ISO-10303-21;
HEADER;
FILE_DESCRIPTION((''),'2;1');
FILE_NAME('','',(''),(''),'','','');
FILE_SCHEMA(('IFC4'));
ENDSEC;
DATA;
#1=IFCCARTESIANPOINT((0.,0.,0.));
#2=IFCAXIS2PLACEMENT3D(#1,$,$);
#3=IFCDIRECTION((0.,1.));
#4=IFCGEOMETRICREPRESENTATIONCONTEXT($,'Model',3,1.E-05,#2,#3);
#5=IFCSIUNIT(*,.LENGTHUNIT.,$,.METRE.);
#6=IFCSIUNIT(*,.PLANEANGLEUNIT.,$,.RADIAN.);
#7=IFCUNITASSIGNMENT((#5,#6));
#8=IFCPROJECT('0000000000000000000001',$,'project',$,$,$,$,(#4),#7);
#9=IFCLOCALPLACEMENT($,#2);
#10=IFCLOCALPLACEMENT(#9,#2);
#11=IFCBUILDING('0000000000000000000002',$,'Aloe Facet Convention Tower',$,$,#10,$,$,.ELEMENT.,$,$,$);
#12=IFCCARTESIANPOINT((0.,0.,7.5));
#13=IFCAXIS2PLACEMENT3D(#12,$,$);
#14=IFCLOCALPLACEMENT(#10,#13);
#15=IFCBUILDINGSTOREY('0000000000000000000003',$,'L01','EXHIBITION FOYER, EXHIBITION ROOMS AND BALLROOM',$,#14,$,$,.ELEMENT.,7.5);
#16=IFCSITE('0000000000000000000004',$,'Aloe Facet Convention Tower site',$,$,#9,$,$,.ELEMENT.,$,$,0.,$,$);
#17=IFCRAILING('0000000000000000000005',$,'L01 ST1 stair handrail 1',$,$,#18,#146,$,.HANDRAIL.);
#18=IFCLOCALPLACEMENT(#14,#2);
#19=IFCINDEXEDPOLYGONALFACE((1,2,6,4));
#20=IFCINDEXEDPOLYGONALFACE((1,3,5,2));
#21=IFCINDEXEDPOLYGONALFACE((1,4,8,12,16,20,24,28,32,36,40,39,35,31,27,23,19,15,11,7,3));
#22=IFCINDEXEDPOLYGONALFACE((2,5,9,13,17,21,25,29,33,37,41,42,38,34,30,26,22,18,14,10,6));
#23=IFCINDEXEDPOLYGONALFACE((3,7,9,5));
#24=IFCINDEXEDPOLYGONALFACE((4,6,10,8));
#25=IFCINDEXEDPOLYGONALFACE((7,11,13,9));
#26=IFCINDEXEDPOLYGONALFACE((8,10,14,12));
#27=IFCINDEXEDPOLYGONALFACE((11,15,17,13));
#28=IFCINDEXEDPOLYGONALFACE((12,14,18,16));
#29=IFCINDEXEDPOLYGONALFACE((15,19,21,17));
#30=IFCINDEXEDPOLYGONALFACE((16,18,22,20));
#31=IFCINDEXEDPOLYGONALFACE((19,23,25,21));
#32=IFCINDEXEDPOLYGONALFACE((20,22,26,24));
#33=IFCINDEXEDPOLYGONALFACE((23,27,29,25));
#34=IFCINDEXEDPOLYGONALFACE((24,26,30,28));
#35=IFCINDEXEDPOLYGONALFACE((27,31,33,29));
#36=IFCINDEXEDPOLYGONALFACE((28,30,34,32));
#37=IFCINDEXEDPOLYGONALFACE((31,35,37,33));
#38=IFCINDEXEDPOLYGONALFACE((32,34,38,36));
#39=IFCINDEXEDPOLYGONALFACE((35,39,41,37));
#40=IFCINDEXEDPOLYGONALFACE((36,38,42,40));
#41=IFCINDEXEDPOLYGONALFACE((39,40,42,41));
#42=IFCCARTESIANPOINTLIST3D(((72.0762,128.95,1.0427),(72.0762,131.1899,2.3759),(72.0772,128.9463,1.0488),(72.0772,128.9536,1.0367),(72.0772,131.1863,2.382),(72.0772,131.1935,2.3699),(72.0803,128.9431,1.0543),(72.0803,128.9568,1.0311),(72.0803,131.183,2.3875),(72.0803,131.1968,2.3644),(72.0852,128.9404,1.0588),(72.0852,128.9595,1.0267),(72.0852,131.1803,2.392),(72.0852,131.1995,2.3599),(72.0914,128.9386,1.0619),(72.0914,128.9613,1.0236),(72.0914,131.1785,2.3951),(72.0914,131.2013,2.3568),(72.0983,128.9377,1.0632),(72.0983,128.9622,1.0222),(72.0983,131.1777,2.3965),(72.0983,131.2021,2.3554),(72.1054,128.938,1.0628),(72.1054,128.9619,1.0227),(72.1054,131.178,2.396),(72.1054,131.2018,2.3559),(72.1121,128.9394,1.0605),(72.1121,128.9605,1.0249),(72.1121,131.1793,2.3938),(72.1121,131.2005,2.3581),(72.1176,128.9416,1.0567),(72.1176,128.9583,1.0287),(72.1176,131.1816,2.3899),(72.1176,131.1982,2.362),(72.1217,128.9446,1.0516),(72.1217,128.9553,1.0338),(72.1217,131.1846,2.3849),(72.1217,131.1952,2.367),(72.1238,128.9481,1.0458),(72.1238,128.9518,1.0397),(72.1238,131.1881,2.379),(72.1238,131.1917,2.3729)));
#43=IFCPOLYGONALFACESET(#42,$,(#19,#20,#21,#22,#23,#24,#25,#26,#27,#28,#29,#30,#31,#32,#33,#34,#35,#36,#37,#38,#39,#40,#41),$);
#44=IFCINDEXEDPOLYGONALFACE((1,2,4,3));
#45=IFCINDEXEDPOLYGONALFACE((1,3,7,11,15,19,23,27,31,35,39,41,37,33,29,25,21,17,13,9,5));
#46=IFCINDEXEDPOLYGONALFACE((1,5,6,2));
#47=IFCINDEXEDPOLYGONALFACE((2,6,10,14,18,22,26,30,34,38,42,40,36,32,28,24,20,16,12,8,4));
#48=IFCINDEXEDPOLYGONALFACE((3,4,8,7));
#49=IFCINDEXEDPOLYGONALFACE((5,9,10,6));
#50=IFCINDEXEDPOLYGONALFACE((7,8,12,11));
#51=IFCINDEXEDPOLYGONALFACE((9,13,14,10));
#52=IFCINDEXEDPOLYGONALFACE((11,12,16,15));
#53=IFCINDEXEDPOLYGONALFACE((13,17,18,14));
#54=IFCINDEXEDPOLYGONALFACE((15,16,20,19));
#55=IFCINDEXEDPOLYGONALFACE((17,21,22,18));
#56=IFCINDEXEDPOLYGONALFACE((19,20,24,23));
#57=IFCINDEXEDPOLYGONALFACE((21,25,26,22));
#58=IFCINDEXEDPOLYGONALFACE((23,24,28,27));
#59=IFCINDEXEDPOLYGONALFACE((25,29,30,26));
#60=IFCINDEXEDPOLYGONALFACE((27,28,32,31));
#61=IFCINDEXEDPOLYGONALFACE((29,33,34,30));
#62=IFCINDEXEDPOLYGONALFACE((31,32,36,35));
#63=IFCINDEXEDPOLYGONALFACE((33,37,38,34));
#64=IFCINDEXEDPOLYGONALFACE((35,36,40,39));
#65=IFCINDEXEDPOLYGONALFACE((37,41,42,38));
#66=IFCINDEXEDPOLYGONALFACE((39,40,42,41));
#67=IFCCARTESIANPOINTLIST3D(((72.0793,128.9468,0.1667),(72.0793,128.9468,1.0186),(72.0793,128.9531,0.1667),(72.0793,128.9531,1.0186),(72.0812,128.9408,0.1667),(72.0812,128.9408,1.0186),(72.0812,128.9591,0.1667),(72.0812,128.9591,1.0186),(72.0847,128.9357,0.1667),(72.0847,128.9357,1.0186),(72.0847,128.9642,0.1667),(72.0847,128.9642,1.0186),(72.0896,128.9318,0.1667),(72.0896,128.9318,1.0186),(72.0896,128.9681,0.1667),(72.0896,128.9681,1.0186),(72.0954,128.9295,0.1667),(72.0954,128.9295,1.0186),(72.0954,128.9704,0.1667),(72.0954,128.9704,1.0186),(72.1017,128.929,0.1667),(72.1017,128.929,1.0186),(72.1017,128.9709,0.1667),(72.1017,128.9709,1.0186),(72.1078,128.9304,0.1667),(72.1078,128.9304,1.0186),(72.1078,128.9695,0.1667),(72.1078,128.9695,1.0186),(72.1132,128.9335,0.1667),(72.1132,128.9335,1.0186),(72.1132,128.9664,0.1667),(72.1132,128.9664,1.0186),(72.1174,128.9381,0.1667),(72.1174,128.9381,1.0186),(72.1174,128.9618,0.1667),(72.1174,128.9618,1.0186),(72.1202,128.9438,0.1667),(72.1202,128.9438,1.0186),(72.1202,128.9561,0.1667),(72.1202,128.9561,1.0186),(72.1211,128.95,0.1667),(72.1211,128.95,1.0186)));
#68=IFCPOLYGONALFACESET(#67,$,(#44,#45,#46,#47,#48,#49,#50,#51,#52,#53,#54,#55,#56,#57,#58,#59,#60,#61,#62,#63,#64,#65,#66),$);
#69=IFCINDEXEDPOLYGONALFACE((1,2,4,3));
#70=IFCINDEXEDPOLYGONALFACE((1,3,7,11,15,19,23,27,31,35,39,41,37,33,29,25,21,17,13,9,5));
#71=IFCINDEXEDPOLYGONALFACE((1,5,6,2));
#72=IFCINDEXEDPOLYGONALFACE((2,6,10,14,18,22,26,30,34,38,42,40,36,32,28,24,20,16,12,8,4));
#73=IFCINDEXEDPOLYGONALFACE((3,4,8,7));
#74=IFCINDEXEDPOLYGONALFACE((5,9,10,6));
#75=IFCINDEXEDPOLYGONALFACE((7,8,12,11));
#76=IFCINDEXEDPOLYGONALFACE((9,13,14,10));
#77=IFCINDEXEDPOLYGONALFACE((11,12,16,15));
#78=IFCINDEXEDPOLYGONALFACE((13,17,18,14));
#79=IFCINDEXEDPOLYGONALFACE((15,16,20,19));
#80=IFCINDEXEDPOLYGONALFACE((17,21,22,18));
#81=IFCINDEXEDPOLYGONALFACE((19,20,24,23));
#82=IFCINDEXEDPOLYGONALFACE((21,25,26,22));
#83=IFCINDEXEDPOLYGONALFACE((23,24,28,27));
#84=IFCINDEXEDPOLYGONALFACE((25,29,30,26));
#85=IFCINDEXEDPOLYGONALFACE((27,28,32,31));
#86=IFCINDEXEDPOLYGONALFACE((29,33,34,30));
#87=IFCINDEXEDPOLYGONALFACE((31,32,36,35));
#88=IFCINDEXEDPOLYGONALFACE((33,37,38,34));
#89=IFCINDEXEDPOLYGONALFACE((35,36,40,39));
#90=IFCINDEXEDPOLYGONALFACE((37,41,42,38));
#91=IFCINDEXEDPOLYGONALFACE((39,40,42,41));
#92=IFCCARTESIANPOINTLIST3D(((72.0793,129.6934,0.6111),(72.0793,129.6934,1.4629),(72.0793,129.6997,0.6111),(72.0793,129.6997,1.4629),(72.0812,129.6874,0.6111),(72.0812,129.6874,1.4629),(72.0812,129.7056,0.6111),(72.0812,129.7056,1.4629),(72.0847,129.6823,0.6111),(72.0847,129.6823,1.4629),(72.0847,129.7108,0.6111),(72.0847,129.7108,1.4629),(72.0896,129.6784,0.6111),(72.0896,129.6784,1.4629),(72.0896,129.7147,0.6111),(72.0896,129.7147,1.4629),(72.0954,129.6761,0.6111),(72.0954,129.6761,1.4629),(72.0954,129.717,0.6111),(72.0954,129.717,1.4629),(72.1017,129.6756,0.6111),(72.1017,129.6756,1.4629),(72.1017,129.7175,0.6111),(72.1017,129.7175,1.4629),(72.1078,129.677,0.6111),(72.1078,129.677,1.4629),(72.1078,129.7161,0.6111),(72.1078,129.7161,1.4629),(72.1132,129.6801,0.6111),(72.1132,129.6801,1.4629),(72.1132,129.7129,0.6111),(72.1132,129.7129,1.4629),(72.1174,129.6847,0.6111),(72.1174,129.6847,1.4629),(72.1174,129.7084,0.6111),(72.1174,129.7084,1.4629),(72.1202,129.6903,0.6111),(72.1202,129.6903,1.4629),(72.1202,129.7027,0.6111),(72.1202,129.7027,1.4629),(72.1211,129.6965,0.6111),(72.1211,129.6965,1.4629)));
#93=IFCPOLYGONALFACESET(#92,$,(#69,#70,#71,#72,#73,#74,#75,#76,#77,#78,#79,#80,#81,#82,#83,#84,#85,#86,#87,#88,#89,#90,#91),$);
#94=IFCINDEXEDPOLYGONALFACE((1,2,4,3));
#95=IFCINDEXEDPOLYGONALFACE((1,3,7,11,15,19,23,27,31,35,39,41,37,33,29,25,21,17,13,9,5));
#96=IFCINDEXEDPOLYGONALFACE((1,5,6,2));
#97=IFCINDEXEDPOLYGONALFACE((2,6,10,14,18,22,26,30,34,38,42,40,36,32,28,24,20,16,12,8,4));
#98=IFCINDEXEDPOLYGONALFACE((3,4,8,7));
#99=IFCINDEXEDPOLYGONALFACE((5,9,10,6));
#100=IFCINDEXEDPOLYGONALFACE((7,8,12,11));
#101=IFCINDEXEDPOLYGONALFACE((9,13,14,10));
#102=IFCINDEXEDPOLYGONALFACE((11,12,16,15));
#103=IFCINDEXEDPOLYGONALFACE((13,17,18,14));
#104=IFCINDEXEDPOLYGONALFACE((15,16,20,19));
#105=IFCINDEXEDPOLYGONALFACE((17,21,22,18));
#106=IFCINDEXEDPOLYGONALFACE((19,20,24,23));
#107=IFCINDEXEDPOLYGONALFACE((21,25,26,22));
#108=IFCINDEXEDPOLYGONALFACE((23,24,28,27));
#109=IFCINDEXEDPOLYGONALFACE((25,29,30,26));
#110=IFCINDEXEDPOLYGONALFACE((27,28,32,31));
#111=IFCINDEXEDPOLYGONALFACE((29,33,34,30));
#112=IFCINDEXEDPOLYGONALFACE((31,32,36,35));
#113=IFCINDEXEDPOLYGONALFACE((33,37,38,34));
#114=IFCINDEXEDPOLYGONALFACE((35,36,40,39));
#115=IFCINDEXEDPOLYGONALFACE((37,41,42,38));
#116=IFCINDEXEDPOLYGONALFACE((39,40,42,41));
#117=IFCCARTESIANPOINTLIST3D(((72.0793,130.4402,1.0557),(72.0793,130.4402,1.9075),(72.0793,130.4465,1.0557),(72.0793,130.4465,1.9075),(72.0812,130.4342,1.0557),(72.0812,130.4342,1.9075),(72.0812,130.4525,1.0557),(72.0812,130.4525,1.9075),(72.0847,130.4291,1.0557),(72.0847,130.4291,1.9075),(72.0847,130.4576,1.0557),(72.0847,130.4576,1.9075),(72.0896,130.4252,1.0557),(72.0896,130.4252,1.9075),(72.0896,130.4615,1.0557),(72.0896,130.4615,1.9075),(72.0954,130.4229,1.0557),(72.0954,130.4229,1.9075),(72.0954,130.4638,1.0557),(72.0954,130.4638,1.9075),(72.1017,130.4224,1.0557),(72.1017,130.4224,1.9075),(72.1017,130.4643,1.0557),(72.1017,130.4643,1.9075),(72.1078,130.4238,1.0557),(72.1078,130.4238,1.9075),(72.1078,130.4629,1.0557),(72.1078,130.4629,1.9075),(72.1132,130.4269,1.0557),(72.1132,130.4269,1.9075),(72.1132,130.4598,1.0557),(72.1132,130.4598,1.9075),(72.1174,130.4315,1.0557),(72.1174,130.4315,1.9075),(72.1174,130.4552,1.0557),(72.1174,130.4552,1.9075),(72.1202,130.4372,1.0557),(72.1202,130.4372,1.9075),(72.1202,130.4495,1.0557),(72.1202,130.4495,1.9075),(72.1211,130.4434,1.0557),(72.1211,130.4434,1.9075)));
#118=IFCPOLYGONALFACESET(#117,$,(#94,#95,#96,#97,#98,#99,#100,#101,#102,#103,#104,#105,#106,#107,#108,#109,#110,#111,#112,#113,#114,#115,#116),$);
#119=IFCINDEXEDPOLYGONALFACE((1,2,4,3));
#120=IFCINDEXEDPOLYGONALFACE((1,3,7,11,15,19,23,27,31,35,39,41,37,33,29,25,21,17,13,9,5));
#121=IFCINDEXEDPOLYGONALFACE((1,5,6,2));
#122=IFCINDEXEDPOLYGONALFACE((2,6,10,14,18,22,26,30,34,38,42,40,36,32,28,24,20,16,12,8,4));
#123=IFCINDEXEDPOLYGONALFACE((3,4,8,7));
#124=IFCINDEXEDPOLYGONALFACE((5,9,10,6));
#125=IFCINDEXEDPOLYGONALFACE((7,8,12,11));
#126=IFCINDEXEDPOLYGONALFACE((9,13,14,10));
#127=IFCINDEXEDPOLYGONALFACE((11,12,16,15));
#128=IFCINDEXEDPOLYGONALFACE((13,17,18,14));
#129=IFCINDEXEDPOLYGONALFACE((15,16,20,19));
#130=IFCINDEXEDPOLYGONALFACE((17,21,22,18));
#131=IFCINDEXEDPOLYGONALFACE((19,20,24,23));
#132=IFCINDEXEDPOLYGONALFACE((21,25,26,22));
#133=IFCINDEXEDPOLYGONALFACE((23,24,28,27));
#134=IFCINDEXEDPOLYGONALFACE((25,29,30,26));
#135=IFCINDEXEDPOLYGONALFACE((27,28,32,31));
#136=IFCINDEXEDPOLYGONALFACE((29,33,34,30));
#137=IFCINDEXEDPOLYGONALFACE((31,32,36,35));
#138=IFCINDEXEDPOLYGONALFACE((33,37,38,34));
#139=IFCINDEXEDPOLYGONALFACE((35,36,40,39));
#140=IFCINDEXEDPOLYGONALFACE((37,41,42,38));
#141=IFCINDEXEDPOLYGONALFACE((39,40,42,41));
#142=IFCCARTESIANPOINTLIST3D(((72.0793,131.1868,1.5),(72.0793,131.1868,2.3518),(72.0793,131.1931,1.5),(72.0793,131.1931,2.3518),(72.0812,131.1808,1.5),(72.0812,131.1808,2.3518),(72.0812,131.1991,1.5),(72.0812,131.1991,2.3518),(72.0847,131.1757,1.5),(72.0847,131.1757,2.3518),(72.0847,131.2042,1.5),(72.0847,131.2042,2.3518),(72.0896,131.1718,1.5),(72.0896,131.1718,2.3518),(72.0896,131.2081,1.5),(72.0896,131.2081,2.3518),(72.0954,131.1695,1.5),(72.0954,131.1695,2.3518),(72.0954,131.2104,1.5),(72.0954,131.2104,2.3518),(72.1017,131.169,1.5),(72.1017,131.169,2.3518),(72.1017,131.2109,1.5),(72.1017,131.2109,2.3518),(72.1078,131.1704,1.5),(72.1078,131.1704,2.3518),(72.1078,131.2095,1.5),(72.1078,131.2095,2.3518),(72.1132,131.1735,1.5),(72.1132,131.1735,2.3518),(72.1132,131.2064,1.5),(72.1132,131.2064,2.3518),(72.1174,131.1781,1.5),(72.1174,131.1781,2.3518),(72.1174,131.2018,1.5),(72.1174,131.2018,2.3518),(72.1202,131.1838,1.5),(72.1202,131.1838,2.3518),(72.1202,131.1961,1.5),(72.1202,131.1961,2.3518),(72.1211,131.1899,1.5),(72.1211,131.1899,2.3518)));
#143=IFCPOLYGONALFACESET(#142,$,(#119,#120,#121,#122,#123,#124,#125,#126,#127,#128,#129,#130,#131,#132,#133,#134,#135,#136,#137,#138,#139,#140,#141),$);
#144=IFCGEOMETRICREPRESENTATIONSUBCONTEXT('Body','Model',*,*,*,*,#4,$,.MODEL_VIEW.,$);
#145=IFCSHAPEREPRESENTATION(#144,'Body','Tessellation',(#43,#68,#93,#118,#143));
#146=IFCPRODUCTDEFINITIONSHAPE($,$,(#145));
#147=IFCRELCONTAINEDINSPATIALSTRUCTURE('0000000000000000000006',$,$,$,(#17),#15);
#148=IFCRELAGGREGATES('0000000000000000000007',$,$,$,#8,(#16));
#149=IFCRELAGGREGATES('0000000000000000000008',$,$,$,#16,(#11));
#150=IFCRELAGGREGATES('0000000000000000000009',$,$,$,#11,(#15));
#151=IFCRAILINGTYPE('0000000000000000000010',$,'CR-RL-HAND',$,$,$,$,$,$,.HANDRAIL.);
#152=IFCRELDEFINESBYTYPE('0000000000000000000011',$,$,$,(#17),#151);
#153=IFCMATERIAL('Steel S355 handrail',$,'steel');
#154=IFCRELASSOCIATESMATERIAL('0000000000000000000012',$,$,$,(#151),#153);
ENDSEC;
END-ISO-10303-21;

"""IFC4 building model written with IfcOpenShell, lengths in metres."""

from ifc_helpers import new_model, si_unit, direction, frame, origin, origin_2d, place, context, subcontext, project, spatial, circle, extrude, material, type_object, element, save


model = new_model("IFC4")

# Units and contexts
model_context = context("Model", 3, precision=1e-05, world=origin(), true_north=direction((0.0, 1.0)))
body_context = subcontext(model_context, "Body", "Model", "MODEL_VIEW")
ifc_project = project(units=[si_unit("LENGTHUNIT", "METRE"), si_unit("PLANEANGLEUNIT", "RADIAN")], contexts=[model_context])

# Site, building, storey
site_placement = place(None, origin())
site = spatial("IfcSite", under=ifc_project, at=site_placement, Name="Aloe Facet Convention Tower site", CompositionType="ELEMENT", RefElevation=0.0)
building_placement = place(site_placement, origin())
building = spatial("IfcBuilding", under=site, at=building_placement, Name="Aloe Facet Convention Tower", CompositionType="ELEMENT")
storey_placement = place(building_placement, frame((0.0, 0.0, 7.5)))
storey = spatial("IfcBuildingStorey", under=building, at=storey_placement, Name="L01", Description="EXHIBITION FOYER, EXHIBITION ROOMS AND BALLROOM", CompositionType="ELEMENT", Elevation=7.5)

# Railing
ifc_material_1 = material(Name="Steel S355 handrail", Category="steel")
railing_type_1 = type_object("IfcRailingType", Name="CR-RL-HAND", PredefinedType="HANDRAIL", material=ifc_material_1)
for number, where, name in (
    (1, (72.1001, 128.95, 0.1667), "L01 ST1 stair handrail 1"),
):
    element("IfcRailing", number, at=place(storey_placement, frame(where)), inside=storey, type_object=railing_type_1, Name=name, PredefinedType="HANDRAIL", context=body_context, shape_type="SweptSolid", body=[
        extrude(circle(Radius=0.0239, at=origin_2d()), frame((0.0, 0.0, 0.876), z_axis=(0.0, 0.859306, 0.511462), x_axis=(-1.0, 0.0, 0.0)), (0.0, 0.0, 1.0), 2.6067),
        extrude(circle(Radius=0.021, at=origin_2d()), origin(), (0.0, 0.0, 1.0), 0.8518),
        extrude(circle(Radius=0.021, at=origin_2d()), frame((0.0, 0.7466, 0.4443)), (0.0, 0.0, 1.0), 0.8518),
        extrude(circle(Radius=0.021, at=origin_2d()), frame((0.0, 1.4934, 0.8889)), (0.0, 0.0, 1.0), 0.8518),
        extrude(circle(Radius=0.021, at=origin_2d()), frame((0.0, 2.24, 1.3333)), (0.0, 0.0, 1.0), 0.8518),
    ])

save(model, "model.ifc")
